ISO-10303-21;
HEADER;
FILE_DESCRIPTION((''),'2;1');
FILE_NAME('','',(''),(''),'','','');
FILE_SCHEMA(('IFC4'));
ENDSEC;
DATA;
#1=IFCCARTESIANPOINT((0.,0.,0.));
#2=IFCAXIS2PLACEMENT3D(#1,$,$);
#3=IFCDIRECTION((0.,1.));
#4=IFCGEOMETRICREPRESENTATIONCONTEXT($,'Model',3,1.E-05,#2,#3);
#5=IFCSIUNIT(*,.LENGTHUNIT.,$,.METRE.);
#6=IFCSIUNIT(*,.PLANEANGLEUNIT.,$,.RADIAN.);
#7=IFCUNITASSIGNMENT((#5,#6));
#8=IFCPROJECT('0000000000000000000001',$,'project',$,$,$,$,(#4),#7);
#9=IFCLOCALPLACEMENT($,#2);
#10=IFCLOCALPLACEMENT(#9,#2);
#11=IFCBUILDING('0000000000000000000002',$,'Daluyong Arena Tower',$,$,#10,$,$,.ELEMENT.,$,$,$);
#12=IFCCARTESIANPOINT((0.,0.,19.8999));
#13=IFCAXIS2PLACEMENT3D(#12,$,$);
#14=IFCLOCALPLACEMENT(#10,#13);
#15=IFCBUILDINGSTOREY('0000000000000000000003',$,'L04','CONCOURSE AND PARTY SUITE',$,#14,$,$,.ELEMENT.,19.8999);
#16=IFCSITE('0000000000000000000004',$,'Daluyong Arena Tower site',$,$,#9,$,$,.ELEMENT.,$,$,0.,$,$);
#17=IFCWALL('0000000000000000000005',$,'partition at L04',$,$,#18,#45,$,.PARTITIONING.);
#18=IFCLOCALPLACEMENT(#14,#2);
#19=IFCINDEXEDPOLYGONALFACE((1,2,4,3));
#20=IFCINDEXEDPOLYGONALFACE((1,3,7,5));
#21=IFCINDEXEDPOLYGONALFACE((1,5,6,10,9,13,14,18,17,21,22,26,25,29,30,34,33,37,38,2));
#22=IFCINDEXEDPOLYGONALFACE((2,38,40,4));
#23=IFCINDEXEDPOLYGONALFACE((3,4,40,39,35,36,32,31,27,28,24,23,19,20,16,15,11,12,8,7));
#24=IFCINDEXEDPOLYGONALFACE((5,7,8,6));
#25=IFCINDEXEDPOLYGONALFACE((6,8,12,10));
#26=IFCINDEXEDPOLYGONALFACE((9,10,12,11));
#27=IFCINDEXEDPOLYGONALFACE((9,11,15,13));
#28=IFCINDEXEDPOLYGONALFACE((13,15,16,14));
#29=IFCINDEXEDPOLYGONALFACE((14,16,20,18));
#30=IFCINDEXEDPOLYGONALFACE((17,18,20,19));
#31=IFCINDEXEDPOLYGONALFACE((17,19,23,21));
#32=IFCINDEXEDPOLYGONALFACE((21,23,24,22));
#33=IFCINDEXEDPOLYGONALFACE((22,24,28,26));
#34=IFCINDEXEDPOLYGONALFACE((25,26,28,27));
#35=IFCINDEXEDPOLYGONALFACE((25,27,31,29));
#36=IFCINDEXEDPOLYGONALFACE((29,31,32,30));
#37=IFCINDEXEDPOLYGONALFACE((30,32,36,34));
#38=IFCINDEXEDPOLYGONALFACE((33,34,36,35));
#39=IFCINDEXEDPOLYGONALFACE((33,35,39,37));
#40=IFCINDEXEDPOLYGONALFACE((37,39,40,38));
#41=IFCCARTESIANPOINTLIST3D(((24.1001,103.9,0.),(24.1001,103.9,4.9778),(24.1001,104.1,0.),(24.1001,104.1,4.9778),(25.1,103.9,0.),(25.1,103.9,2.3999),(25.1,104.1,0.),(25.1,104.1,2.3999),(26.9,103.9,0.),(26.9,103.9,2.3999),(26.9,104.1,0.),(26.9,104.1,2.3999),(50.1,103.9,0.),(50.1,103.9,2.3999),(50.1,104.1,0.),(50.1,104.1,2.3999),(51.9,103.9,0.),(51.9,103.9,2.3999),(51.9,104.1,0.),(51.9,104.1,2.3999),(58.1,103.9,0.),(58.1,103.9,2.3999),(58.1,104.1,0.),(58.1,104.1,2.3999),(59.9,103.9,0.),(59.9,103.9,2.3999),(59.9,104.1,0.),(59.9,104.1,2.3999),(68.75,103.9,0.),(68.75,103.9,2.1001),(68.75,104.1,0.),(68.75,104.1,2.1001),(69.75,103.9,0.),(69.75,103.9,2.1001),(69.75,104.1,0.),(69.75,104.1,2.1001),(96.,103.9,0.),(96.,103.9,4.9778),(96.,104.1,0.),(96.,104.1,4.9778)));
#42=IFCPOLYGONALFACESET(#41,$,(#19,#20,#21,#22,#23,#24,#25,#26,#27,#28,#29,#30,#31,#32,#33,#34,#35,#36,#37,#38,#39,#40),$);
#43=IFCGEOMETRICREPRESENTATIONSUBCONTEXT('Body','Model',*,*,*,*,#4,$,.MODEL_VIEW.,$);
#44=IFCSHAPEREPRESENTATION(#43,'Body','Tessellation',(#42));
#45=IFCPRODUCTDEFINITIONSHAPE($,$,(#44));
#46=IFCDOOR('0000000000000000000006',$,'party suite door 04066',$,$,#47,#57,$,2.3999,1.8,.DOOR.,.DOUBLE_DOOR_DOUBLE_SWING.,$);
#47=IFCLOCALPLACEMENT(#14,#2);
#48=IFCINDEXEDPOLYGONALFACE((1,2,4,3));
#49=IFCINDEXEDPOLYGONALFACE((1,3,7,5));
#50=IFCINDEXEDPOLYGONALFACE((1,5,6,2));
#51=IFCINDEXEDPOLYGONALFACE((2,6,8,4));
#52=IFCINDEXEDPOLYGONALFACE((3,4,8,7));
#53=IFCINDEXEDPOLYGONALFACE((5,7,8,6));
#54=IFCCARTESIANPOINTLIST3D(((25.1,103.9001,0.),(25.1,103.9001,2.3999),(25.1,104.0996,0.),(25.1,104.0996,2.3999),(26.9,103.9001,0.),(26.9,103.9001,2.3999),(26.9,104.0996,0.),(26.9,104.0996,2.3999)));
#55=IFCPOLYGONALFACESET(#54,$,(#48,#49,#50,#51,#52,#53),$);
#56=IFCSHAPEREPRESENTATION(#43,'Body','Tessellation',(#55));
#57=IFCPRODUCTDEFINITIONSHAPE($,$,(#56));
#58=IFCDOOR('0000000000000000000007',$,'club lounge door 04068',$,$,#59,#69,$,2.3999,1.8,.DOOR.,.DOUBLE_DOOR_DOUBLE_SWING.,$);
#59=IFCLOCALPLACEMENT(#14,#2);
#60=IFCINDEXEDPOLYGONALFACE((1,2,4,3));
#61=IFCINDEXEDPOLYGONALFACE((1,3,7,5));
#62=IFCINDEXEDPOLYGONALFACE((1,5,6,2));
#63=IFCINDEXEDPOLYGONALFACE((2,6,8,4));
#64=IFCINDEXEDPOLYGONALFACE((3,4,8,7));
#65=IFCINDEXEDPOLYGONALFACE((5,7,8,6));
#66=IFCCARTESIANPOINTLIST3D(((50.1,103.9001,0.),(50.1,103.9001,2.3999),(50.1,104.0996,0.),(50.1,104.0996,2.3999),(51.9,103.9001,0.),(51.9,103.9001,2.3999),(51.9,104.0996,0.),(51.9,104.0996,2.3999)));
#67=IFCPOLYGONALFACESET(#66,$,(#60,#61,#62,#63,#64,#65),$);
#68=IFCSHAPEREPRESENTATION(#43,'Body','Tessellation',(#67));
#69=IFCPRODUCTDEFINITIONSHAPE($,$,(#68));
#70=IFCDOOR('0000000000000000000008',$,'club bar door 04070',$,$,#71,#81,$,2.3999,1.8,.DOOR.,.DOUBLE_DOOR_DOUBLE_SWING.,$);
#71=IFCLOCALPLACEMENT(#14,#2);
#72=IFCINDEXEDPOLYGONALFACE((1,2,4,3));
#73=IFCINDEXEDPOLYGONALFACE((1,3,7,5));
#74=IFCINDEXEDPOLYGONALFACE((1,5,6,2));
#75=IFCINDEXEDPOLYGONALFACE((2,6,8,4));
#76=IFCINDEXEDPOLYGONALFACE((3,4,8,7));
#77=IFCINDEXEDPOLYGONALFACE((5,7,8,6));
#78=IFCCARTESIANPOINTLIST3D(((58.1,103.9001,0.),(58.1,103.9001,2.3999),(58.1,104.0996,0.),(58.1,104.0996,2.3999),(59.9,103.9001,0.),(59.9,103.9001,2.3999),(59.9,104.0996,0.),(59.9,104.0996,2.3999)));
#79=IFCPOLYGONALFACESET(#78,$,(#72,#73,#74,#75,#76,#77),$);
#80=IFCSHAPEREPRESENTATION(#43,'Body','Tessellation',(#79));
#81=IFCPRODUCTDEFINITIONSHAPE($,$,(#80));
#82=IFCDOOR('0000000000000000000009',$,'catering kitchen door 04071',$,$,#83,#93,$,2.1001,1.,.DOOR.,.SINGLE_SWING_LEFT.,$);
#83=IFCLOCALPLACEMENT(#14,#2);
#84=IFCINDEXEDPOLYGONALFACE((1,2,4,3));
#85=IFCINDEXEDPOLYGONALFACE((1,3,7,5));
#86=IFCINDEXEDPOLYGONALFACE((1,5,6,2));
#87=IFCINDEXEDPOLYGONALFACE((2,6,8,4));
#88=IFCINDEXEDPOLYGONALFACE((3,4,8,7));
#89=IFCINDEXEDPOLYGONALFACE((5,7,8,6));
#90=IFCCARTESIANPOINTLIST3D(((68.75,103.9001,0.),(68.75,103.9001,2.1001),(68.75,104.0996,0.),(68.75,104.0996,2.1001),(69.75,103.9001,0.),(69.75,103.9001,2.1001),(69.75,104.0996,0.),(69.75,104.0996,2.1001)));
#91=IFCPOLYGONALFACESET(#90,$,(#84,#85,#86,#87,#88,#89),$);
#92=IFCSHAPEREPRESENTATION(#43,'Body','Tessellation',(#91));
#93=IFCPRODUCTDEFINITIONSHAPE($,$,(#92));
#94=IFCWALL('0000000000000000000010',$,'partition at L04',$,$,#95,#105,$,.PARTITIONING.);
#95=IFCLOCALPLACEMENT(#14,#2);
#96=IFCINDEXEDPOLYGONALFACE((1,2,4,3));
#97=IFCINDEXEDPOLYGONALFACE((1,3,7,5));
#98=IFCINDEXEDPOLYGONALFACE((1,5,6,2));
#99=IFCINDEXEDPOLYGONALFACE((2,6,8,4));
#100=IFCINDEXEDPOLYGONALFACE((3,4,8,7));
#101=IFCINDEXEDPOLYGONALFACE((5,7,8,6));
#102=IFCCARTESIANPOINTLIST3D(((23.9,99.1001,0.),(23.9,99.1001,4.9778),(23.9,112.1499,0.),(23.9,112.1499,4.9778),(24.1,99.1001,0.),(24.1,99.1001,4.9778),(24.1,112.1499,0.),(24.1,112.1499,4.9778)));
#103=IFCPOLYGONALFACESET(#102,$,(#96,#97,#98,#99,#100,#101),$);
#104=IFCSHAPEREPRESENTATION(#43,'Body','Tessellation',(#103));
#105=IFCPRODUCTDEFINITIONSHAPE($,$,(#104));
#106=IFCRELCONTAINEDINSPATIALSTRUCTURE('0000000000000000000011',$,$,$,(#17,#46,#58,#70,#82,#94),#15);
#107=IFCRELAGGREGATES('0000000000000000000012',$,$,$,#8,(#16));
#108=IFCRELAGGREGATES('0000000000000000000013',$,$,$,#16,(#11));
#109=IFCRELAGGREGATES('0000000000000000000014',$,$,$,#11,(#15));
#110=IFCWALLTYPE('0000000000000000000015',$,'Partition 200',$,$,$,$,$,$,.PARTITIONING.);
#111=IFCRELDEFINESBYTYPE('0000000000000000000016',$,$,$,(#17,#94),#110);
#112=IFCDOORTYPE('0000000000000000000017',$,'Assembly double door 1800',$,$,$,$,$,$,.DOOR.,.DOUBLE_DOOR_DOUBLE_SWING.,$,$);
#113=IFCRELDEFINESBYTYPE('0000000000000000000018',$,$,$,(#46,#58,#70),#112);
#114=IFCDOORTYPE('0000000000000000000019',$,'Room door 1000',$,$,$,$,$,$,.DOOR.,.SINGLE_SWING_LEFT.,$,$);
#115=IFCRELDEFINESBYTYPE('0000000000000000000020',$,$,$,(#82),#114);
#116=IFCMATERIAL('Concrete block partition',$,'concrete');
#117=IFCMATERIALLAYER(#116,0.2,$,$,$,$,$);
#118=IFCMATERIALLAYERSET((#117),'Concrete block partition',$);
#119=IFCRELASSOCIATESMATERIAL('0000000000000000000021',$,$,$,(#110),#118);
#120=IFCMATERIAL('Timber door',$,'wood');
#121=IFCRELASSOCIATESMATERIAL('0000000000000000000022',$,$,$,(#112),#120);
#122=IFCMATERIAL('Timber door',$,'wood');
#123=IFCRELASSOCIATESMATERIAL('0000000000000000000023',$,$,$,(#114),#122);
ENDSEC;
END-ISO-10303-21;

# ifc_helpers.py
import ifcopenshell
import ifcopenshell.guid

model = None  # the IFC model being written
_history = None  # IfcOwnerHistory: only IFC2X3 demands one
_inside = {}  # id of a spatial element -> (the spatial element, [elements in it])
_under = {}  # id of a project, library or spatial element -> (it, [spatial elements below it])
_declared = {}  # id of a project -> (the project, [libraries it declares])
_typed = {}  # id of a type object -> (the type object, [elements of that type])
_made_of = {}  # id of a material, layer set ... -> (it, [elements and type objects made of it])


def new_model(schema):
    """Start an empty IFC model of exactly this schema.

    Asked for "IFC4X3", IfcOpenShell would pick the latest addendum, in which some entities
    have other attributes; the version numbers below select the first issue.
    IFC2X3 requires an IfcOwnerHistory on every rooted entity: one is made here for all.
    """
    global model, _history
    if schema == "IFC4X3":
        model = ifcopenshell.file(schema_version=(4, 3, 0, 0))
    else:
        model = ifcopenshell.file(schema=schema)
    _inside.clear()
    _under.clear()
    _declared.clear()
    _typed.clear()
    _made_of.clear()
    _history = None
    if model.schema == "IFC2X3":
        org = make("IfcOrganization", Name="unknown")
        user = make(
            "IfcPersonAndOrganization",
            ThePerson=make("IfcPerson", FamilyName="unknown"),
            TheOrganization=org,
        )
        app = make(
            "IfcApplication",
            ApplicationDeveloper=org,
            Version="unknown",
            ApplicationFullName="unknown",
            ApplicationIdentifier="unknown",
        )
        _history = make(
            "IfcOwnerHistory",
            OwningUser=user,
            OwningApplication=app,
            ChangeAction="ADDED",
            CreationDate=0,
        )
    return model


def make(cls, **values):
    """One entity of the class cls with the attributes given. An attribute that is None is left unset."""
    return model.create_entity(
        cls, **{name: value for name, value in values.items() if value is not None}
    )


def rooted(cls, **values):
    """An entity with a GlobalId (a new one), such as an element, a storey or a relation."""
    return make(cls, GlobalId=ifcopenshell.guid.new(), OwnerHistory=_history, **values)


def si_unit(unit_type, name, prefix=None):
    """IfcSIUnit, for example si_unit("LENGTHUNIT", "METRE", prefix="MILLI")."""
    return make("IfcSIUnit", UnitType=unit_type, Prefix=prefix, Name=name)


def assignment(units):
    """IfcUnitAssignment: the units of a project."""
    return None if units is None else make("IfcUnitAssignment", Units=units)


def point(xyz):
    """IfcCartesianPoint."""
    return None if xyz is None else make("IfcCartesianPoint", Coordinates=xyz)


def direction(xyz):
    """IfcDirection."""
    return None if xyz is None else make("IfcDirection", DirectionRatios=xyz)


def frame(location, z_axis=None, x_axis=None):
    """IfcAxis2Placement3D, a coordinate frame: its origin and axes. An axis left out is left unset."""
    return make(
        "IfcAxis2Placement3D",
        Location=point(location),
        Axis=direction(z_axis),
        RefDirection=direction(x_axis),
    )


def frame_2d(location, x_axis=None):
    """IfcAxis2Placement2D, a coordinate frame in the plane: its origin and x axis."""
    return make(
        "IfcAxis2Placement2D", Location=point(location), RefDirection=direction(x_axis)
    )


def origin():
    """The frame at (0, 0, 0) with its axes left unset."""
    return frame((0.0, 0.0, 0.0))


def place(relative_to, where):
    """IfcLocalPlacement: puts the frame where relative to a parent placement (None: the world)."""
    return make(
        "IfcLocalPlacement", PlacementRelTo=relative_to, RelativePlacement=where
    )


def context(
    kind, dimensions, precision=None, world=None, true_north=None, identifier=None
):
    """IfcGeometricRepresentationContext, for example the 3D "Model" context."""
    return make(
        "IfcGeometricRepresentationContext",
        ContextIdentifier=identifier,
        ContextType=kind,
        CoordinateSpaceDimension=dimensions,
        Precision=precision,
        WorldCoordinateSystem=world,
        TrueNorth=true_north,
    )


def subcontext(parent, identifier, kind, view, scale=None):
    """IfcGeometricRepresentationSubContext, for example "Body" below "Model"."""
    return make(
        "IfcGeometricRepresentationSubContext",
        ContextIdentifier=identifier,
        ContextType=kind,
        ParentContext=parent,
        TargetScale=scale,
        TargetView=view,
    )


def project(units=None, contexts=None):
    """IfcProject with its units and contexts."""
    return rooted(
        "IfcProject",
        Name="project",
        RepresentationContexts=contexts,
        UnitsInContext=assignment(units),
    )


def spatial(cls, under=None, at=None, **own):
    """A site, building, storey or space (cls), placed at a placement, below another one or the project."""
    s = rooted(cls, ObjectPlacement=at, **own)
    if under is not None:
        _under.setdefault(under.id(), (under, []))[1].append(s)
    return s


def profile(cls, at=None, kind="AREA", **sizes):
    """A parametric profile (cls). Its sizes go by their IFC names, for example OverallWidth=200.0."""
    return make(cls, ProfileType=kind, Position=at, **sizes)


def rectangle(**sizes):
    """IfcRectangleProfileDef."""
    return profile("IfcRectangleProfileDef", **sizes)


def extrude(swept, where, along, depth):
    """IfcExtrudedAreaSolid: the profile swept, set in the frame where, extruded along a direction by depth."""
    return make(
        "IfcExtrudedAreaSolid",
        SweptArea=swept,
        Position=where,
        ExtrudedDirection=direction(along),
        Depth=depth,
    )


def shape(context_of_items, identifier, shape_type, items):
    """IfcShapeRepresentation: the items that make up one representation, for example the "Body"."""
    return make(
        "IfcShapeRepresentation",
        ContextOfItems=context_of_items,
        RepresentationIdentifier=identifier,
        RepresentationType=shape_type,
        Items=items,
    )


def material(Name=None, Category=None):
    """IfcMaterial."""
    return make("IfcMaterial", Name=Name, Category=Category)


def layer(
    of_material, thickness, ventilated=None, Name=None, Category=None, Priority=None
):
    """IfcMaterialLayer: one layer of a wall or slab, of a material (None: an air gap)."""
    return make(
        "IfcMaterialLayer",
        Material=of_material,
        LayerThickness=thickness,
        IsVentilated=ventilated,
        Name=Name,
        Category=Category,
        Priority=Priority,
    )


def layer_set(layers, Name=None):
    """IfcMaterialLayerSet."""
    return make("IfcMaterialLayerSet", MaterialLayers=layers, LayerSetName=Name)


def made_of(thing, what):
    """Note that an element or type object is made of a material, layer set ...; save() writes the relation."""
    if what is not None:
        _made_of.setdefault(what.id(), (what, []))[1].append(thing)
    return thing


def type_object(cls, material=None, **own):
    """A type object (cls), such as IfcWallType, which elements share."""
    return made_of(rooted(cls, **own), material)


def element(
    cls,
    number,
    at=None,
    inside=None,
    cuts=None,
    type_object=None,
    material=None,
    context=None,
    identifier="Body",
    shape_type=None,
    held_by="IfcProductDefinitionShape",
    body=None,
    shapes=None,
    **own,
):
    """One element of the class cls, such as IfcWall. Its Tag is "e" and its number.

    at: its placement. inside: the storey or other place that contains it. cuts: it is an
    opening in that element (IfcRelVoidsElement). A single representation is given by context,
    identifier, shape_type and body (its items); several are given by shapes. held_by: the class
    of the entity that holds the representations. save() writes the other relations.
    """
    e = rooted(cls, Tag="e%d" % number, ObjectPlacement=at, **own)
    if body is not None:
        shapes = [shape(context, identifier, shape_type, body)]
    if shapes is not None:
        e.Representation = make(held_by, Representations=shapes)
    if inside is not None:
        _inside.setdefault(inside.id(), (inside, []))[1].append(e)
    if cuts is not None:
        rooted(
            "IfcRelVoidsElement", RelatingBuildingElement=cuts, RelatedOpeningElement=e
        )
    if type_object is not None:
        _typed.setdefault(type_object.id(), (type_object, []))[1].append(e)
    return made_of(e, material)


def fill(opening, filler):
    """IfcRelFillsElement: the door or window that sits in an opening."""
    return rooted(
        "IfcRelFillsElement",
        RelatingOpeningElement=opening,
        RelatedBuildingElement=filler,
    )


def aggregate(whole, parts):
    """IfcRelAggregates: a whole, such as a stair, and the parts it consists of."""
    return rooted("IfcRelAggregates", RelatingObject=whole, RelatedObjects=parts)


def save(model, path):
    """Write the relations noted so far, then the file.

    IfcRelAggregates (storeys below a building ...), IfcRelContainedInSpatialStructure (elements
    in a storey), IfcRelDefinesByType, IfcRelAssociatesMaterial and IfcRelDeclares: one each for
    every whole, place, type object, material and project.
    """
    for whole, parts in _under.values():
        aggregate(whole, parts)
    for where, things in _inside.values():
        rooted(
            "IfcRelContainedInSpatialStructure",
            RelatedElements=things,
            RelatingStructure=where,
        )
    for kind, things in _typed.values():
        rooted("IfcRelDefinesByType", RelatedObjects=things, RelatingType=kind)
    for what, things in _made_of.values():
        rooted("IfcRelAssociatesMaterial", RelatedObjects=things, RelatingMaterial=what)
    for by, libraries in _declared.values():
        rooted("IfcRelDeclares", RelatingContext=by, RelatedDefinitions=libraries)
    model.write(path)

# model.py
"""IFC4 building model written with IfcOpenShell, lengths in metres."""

from ifc_helpers import new_model, si_unit, direction, frame, frame_2d, origin, place, context, subcontext, project, spatial, rectangle, extrude, material, layer, layer_set, type_object, element, fill, save


model = new_model("IFC4")

# Units and contexts
model_context = context("Model", 3, precision=1e-05, world=origin(), true_north=direction((0.0, 1.0)))
body_context = subcontext(model_context, "Body", "Model", "MODEL_VIEW")
ifc_project = project(units=[si_unit("LENGTHUNIT", "METRE"), si_unit("PLANEANGLEUNIT", "RADIAN")], contexts=[model_context])

# Site, building, storey
site_placement = place(None, origin())
site = spatial("IfcSite", under=ifc_project, at=site_placement, Name="Daluyong Arena Tower site", CompositionType="ELEMENT", RefElevation=0.0)
building_placement = place(site_placement, origin())
building = spatial("IfcBuilding", under=site, at=building_placement, Name="Daluyong Arena Tower", CompositionType="ELEMENT")
storey_placement = place(building_placement, frame((0.0, 0.0, 19.8999)))
storey = spatial("IfcBuildingStorey", under=building, at=storey_placement, Name="L04", Description="CONCOURSE AND PARTY SUITE", CompositionType="ELEMENT", Elevation=19.8999)

# Wall, openings, doors
ifc_material_1 = material(Name="Concrete block partition", Category="concrete")
ifc_layer = layer(ifc_material_1, 0.2)
ifc_layer_set = layer_set([ifc_layer], Name="Concrete block partition")
wall_type = type_object("IfcWallType", Name="Partition 200", PredefinedType="PARTITIONING", material=ifc_layer_set)
wall_1_placement = place(storey_placement, frame((24.1001, 104.0, 0.0), z_axis=(0.0, 0.0, 1.0), x_axis=(1.0, 0.0, 0.0)))
wall_1 = element("IfcWall", 1, at=wall_1_placement, inside=storey, type_object=wall_type, Name="partition at L04", PredefinedType="PARTITIONING", context=body_context, shape_type="SweptSolid", body=[
    extrude(rectangle(XDim=71.8999, YDim=0.2, at=frame_2d((35.95, 0.0))), origin(), (0.0, 0.0, 1.0), 4.9778),
])
opening_1_placement = place(wall_1_placement, frame((1.0, 0.0, 0.0)))
opening_1 = element("IfcOpeningElement", 2, at=opening_1_placement, cuts=wall_1, PredefinedType="OPENING", context=body_context, shape_type="SweptSolid", body=[
    extrude(rectangle(XDim=1.8, YDim=2.3999, at=frame_2d((0.8999, 1.2))), frame((0.0, 0.1099, 0.0), z_axis=(0.0, -1.0, 0.0), x_axis=(1.0, 0.0, 0.0)), (0.0, 0.0, 1.0), 0.22),
])
opening_2_placement = place(wall_1_placement, frame((26.0, 0.0, 0.0)))
opening_2 = element("IfcOpeningElement", 3, at=opening_2_placement, cuts=wall_1, PredefinedType="OPENING", context=body_context, shape_type="SweptSolid", body=[
    extrude(rectangle(XDim=1.8, YDim=2.3999, at=frame_2d((0.8999, 1.2))), frame((0.0, 0.1099, 0.0), z_axis=(0.0, -1.0, 0.0), x_axis=(1.0, 0.0, 0.0)), (0.0, 0.0, 1.0), 0.22),
])
opening_3_placement = place(wall_1_placement, frame((34.0, 0.0, 0.0)))
opening_3 = element("IfcOpeningElement", 4, at=opening_3_placement, cuts=wall_1, PredefinedType="OPENING", context=body_context, shape_type="SweptSolid", body=[
    extrude(rectangle(XDim=1.8, YDim=2.3999, at=frame_2d((0.8999, 1.2))), frame((0.0, 0.1099, 0.0), z_axis=(0.0, -1.0, 0.0), x_axis=(1.0, 0.0, 0.0)), (0.0, 0.0, 1.0), 0.22),
])
opening_4_placement = place(wall_1_placement, frame((44.6499, 0.0, 0.0)))
opening_4 = element("IfcOpeningElement", 5, at=opening_4_placement, cuts=wall_1, PredefinedType="OPENING", context=body_context, shape_type="SweptSolid", body=[
    extrude(rectangle(XDim=1.0, YDim=2.1001, at=frame_2d((0.5, 1.05))), frame((0.0, 0.1099, 0.0), z_axis=(0.0, -1.0, 0.0), x_axis=(1.0, 0.0, 0.0)), (0.0, 0.0, 1.0), 0.22),
])
ifc_material_2 = material(Name="Timber door", Category="wood")
door_type_1 = type_object("IfcDoorType", Name="Assembly double door 1800", OperationType="DOUBLE_DOOR_DOUBLE_SWING", PredefinedType="DOOR", material=ifc_material_2)
door_1_placement = place(opening_1_placement, origin())
door_1 = element("IfcDoor", 6, at=door_1_placement, inside=storey, type_object=door_type_1, Name="party suite door 04066", OperationType="DOUBLE_DOOR_DOUBLE_SWING", OverallHeight=2.3999, OverallWidth=1.8, PredefinedType="DOOR", context=body_context, shape_type="SweptSolid", body=[
    extrude(rectangle(XDim=1.8, YDim=2.3999, at=frame_2d((0.8999, 1.2))), frame((0.0, 0.0996, 0.0), z_axis=(0.0, -1.0, 0.0), x_axis=(1.0, 0.0, 0.0)), (0.0, 0.0, 1.0), 0.1995),
])
fill(opening_1, door_1)
door_2_placement = place(opening_2_placement, origin())
door_2 = element("IfcDoor", 7, at=door_2_placement, inside=storey, type_object=door_type_1, Name="club lounge door 04068", OperationType="DOUBLE_DOOR_DOUBLE_SWING", OverallHeight=2.3999, OverallWidth=1.8, PredefinedType="DOOR", context=body_context, shape_type="SweptSolid", body=[
    extrude(rectangle(XDim=1.8, YDim=2.3999, at=frame_2d((0.8999, 1.2))), frame((0.0, 0.0996, 0.0), z_axis=(0.0, -1.0, 0.0), x_axis=(1.0, 0.0, 0.0)), (0.0, 0.0, 1.0), 0.1995),
])
fill(opening_2, door_2)
door_3_placement = place(opening_3_placement, origin())
door_3 = element("IfcDoor", 8, at=door_3_placement, inside=storey, type_object=door_type_1, Name="club bar door 04070", OperationType="DOUBLE_DOOR_DOUBLE_SWING", OverallHeight=2.3999, OverallWidth=1.8, PredefinedType="DOOR", context=body_context, shape_type="SweptSolid", body=[
    extrude(rectangle(XDim=1.8, YDim=2.3999, at=frame_2d((0.8999, 1.2))), frame((0.0, 0.0996, 0.0), z_axis=(0.0, -1.0, 0.0), x_axis=(1.0, 0.0, 0.0)), (0.0, 0.0, 1.0), 0.1995),
])
fill(opening_3, door_3)
ifc_material_3 = material(Name="Timber door", Category="wood")
door_type_2 = type_object("IfcDoorType", Name="Room door 1000", OperationType="SINGLE_SWING_LEFT", PredefinedType="DOOR", material=ifc_material_3)
door_4_placement = place(opening_4_placement, origin())
door_4 = element("IfcDoor", 9, at=door_4_placement, inside=storey, type_object=door_type_2, Name="catering kitchen door 04071", OperationType="SINGLE_SWING_LEFT", OverallHeight=2.1001, OverallWidth=1.0, PredefinedType="DOOR", context=body_context, shape_type="SweptSolid", body=[
    extrude(rectangle(XDim=1.0, YDim=2.1001, at=frame_2d((0.5, 1.05))), frame((0.0, 0.0996, 0.0), z_axis=(0.0, -1.0, 0.0), x_axis=(1.0, 0.0, 0.0)), (0.0, 0.0, 1.0), 0.1995),
])
fill(opening_4, door_4)

# Wall
wall_2_placement = place(storey_placement, frame((24.0, 99.1001, 0.0), z_axis=(0.0, 0.0, 1.0), x_axis=(0.0, 1.0, 0.0)))
element("IfcWall", 10, at=wall_2_placement, inside=storey, type_object=wall_type, Name="partition at L04", PredefinedType="PARTITIONING", context=body_context, shape_type="SweptSolid", body=[
    extrude(rectangle(XDim=13.0498, YDim=0.2, at=frame_2d((6.5249, 0.0))), origin(), (0.0, 0.0, 1.0), 4.9778),
])

save(model, "model.ifc")
